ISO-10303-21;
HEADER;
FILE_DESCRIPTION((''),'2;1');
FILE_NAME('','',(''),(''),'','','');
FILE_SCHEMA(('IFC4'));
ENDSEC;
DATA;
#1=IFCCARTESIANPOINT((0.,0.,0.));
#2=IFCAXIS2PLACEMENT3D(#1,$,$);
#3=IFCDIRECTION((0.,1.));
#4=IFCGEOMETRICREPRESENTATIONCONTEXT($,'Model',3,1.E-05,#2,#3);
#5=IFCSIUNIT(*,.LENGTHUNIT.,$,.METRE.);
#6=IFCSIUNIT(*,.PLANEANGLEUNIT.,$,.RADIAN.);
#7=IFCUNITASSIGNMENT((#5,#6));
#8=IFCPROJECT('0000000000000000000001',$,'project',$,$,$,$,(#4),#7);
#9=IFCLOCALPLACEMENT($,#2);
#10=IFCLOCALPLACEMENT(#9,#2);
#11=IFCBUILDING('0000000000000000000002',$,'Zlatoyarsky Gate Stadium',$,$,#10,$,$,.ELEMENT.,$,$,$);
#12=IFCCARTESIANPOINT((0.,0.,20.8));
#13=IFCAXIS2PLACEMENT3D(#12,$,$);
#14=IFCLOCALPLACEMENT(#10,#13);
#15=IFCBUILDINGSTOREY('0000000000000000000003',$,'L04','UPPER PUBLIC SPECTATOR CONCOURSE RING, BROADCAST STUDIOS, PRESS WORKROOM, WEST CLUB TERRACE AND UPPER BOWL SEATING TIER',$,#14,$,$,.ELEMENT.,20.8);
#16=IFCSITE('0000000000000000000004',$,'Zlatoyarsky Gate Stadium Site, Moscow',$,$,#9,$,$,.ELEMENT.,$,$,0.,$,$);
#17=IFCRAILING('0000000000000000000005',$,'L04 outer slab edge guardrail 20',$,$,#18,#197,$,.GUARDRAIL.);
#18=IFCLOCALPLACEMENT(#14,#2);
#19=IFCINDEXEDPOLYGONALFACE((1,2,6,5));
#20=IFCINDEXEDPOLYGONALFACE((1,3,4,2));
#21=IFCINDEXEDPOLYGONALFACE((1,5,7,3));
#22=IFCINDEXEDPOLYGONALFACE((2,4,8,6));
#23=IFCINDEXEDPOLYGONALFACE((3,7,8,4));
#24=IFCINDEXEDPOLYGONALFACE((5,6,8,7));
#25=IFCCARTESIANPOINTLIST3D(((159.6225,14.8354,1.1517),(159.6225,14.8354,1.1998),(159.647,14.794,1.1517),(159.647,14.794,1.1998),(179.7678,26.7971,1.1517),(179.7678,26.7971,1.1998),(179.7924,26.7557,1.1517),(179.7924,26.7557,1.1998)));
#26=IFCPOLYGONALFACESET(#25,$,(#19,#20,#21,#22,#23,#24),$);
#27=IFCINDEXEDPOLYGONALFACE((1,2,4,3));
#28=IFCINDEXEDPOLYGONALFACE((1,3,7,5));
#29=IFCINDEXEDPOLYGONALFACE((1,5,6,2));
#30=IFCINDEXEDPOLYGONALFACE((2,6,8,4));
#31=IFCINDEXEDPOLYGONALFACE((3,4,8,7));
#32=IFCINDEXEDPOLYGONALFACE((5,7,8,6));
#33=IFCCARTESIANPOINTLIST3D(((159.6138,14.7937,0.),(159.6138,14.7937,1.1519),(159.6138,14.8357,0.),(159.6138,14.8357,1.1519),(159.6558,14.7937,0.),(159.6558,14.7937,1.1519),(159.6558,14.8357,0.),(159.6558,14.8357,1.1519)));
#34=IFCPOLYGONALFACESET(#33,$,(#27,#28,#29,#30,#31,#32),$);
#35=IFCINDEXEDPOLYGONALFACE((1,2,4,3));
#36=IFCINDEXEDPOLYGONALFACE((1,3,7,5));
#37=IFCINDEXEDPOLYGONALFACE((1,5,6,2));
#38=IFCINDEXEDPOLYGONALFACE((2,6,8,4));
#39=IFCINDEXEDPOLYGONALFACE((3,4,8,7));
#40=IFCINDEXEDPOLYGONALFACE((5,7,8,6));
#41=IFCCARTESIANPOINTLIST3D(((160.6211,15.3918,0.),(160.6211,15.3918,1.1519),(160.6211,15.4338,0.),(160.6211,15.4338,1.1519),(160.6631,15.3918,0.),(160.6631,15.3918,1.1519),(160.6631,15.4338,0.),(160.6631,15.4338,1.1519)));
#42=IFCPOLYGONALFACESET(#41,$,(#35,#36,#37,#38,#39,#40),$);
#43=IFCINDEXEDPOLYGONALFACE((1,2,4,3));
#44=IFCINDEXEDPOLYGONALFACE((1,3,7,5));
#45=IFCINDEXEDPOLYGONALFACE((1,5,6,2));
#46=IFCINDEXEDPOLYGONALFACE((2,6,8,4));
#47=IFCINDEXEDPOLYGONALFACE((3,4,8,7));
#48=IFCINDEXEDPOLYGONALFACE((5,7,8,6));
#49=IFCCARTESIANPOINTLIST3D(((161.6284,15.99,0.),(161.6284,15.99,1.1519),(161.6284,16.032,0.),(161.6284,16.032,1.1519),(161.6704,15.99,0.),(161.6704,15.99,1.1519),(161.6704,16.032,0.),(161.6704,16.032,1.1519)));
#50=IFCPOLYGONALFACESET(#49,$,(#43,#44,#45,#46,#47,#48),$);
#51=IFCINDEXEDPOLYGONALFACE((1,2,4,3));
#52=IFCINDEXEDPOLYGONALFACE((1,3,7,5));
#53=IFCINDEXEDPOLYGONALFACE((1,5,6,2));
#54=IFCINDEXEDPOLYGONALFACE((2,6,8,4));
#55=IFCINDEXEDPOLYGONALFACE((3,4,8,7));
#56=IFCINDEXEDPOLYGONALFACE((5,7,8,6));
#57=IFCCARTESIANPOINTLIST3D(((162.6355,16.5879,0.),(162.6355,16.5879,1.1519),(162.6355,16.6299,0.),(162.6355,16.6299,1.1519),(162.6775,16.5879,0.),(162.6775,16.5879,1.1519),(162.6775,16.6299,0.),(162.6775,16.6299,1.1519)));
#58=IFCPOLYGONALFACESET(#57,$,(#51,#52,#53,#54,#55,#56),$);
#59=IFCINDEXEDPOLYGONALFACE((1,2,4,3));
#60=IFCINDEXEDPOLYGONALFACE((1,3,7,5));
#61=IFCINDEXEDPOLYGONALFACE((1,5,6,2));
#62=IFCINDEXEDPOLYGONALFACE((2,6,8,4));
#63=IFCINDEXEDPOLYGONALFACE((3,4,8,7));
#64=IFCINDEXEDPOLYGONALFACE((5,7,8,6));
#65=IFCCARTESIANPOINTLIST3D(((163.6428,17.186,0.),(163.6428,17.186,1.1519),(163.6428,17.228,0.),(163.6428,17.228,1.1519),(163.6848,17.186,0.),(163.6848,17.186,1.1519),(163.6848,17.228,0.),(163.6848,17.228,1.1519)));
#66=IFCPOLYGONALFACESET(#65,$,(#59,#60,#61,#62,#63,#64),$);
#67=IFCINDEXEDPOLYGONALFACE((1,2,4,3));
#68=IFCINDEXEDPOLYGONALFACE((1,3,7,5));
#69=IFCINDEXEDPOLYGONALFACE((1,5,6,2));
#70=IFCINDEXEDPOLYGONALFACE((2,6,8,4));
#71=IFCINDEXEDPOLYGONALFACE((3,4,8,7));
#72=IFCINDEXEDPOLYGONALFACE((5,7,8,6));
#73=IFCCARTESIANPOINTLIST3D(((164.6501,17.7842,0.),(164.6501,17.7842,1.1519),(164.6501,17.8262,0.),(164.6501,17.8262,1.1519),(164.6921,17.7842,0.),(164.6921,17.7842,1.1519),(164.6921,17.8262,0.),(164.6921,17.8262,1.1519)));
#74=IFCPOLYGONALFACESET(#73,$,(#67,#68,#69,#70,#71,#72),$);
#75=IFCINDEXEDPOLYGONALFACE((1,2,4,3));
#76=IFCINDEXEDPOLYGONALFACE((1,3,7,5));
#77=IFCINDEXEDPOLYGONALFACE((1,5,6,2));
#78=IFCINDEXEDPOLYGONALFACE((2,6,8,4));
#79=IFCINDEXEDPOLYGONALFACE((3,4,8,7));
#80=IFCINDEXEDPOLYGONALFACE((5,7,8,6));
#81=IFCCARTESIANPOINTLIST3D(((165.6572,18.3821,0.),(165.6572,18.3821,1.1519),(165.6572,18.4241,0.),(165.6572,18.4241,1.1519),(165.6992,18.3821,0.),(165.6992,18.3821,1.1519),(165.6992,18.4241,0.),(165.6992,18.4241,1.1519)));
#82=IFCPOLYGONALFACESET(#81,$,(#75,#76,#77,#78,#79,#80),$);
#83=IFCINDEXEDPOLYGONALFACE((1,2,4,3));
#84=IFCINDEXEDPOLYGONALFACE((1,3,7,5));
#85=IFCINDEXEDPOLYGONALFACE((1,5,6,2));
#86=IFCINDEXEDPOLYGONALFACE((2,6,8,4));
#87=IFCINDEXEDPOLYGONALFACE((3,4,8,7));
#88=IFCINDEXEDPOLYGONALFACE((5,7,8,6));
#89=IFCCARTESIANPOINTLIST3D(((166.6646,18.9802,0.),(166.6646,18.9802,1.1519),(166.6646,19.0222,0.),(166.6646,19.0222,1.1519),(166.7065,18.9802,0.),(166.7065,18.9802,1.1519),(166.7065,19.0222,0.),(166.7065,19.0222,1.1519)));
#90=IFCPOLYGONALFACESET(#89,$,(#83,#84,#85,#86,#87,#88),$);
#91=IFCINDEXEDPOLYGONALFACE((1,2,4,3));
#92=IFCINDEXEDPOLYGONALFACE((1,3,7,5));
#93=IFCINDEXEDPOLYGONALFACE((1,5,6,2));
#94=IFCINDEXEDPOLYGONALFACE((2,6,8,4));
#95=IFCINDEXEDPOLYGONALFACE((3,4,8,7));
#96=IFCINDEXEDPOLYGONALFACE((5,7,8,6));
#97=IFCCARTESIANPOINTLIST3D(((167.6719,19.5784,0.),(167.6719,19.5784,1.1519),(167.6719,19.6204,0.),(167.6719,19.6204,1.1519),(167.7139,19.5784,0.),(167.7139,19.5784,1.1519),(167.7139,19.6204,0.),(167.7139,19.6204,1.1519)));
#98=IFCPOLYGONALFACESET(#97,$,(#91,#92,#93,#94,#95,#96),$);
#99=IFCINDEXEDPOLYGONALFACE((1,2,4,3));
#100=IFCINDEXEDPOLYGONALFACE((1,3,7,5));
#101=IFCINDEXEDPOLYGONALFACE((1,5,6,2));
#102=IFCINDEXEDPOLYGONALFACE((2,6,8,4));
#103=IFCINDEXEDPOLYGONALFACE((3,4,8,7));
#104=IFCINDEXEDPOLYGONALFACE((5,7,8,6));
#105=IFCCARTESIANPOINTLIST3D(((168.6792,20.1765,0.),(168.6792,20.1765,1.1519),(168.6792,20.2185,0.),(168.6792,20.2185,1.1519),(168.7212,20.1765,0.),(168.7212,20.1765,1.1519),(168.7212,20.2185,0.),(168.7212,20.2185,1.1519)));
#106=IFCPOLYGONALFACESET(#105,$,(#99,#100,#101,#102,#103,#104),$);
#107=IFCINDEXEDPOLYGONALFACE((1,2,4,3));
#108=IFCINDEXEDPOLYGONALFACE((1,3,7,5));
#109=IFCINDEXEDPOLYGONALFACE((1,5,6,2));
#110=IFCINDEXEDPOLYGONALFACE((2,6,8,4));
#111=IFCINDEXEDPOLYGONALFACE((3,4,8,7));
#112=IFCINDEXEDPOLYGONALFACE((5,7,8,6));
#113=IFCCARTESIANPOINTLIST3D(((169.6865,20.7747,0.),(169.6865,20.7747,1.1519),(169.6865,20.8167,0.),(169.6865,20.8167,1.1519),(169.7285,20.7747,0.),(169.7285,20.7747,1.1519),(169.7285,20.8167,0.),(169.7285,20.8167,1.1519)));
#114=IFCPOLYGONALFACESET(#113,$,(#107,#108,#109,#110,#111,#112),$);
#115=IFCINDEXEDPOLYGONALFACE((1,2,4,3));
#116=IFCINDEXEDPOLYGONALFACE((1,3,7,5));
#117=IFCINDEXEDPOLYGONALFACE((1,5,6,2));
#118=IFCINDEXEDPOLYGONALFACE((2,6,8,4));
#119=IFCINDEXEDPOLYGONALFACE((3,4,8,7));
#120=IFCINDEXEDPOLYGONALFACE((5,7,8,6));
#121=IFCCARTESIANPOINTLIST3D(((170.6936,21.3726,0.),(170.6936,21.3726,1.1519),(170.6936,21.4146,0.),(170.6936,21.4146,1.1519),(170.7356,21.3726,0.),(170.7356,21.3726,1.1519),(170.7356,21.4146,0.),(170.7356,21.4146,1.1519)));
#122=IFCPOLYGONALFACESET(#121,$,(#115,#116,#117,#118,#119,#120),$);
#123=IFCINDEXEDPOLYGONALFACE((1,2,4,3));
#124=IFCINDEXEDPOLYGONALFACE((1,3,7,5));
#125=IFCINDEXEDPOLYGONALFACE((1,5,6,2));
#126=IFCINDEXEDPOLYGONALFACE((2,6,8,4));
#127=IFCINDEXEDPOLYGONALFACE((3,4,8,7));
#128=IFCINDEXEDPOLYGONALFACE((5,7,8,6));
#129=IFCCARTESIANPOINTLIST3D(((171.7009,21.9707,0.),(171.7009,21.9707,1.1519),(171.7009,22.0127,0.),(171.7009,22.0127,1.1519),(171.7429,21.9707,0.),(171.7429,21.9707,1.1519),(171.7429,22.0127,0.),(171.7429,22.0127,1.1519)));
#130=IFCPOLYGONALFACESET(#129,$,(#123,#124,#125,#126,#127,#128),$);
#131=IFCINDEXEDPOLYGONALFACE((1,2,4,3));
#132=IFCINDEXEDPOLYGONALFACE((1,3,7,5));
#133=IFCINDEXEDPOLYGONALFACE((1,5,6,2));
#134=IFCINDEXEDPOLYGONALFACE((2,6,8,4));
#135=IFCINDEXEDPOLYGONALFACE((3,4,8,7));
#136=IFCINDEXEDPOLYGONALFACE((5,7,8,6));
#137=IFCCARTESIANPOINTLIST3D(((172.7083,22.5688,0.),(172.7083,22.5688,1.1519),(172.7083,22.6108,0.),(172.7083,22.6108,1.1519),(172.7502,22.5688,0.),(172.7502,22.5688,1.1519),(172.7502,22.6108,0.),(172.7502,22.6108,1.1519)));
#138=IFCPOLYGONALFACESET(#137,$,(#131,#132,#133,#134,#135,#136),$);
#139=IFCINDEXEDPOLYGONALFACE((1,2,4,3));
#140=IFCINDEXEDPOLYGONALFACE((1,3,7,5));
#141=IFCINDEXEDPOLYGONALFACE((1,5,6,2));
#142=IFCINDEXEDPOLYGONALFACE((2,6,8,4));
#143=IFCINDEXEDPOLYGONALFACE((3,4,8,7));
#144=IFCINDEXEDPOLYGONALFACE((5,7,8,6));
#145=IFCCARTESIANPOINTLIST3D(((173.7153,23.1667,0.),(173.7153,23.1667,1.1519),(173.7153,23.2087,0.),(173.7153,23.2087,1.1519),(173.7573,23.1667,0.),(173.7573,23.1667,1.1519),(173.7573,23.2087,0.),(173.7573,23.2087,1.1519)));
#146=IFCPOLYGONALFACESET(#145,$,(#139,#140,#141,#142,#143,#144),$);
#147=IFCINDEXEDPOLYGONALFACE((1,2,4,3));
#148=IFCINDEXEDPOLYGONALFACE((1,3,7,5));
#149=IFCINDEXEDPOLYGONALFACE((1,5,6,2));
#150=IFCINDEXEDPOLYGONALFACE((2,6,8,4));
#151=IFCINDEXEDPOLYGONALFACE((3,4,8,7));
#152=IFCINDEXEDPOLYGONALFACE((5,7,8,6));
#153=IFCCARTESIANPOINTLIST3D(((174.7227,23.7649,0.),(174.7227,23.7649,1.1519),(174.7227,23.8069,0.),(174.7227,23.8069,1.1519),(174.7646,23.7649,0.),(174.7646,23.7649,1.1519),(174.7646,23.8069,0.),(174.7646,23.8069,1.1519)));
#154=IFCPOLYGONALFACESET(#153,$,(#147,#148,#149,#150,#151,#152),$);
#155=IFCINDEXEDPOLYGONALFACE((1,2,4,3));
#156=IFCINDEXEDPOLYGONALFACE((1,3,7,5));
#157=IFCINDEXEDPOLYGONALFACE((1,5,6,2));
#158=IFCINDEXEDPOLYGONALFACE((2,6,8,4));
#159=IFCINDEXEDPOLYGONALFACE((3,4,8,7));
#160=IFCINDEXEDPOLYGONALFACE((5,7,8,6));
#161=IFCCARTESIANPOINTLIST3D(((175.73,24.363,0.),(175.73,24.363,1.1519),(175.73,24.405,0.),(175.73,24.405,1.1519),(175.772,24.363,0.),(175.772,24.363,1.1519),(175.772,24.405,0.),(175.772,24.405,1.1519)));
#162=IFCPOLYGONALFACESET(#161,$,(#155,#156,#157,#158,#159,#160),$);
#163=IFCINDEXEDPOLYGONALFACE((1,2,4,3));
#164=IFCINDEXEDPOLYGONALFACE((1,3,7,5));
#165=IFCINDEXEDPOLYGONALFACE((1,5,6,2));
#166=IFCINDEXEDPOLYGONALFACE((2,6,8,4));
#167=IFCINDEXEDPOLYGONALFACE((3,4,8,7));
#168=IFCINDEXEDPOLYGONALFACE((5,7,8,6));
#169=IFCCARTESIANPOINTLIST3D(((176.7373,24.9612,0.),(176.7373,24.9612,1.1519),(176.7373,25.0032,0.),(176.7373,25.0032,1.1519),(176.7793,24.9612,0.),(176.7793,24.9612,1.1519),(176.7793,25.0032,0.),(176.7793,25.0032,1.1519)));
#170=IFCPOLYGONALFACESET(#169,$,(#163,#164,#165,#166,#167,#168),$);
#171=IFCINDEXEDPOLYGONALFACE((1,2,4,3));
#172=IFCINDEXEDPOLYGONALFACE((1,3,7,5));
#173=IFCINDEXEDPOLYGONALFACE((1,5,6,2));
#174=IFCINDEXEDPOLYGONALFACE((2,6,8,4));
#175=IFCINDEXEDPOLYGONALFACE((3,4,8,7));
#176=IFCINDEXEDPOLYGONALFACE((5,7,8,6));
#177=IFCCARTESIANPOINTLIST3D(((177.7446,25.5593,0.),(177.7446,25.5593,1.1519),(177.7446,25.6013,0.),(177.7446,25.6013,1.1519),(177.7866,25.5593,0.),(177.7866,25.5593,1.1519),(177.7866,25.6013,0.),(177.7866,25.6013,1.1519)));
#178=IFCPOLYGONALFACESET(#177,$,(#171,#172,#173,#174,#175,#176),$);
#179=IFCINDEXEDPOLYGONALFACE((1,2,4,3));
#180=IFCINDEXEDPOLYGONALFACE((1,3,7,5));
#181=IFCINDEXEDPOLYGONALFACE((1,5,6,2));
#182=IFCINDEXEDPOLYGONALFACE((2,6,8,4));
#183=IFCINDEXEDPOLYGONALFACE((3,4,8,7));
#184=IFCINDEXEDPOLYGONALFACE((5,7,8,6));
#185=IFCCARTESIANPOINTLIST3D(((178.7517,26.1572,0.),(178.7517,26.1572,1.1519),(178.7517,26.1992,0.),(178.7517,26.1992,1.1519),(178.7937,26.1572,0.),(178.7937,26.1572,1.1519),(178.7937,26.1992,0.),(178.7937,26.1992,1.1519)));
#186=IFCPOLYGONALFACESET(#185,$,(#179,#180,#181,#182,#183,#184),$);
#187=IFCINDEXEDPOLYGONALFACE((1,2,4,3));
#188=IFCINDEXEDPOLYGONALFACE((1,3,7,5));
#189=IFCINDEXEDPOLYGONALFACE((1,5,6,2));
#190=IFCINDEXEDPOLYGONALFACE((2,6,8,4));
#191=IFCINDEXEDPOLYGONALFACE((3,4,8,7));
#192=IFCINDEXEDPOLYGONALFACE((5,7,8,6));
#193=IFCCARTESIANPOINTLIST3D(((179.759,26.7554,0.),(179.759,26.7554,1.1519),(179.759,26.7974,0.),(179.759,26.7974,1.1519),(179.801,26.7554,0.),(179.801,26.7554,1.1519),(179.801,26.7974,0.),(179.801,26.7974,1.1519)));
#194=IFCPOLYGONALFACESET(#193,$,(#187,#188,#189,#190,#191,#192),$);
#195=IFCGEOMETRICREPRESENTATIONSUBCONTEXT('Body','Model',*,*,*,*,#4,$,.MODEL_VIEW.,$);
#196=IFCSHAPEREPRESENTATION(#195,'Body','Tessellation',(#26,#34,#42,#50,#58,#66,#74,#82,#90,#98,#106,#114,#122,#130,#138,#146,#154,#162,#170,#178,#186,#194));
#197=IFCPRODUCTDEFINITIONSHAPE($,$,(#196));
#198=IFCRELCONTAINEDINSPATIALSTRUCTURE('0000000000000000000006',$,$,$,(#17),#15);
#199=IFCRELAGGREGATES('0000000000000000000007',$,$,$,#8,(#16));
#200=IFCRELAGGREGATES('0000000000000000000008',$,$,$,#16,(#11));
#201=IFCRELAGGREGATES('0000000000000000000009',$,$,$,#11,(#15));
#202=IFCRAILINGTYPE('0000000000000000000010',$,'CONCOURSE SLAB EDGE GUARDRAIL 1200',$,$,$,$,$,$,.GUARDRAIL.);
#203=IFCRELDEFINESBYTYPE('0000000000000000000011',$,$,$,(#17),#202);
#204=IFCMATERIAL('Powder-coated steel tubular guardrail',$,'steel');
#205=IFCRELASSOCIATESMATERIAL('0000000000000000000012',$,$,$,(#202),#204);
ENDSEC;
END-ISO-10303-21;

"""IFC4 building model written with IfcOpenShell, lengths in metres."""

from ifc_helpers import new_model, si_unit, direction, frame, origin, origin_2d, place, context, subcontext, project, spatial, rectangle, extrude, material, type_object, element, save


model = new_model("IFC4")

# Units and contexts
model_context = context("Model", 3, precision=1e-05, world=origin(), true_north=direction((0.0, 1.0)))
body_context = subcontext(model_context, "Body", "Model", "MODEL_VIEW")
ifc_project = project(units=[si_unit("LENGTHUNIT", "METRE"), si_unit("PLANEANGLEUNIT", "RADIAN")], contexts=[model_context])

# Site, building, storey
site_placement = place(None, origin())
site = spatial("IfcSite", under=ifc_project, at=site_placement, Name="Zlatoyarsky Gate Stadium Site, Moscow", CompositionType="ELEMENT", RefElevation=0.0)
building_placement = place(site_placement, origin())
building = spatial("IfcBuilding", under=site, at=building_placement, Name="Zlatoyarsky Gate Stadium", CompositionType="ELEMENT")
storey_placement = place(building_placement, frame((0.0, 0.0, 20.8)))
storey = spatial("IfcBuildingStorey", under=building, at=storey_placement, Name="L04", Description="UPPER PUBLIC SPECTATOR CONCOURSE RING, BROADCAST STUDIOS, PRESS WORKROOM, WEST CLUB TERRACE AND UPPER BOWL SEATING TIER", CompositionType="ELEMENT", Elevation=20.8)

# Railing
ifc_material_1 = material(Name="Powder-coated steel tubular guardrail", Category="steel")
railing_type = type_object("IfcRailingType", Name="CONCOURSE SLAB EDGE GUARDRAIL 1200", PredefinedType="GUARDRAIL", material=ifc_material_1)
railing_placement = place(storey_placement, frame((159.6348, 14.8147, 0.0)))
element("IfcRailing", 1, at=railing_placement, inside=storey, type_object=railing_type, Name="L04 outer slab edge guardrail 20", PredefinedType="GUARDRAIL", context=body_context, shape_type="SweptSolid", body=[
    extrude(rectangle(XDim=0.0481, YDim=0.0481, at=origin_2d()), frame((0.0, 0.0, 1.1758), z_axis=(0.859847, 0.510552, 0.0), x_axis=(-0.510552, 0.859847, 0.0)), (0.0, 0.0, 1.0), 23.429),
    extrude(rectangle(XDim=0.042, YDim=0.042, at=origin_2d()), origin(), (0.0, 0.0, 1.0), 1.1519),
    extrude(rectangle(XDim=0.042, YDim=0.042, at=origin_2d()), frame((1.0073, 0.5981, 0.0)), (0.0, 0.0, 1.0), 1.1519),
    extrude(rectangle(XDim=0.042, YDim=0.042, at=origin_2d()), frame((2.0146, 1.1963, 0.0)), (0.0, 0.0, 1.0), 1.1519),
    extrude(rectangle(XDim=0.042, YDim=0.042, at=origin_2d()), frame((3.0217, 1.7942, 0.0)), (0.0, 0.0, 1.0), 1.1519),
    extrude(rectangle(XDim=0.042, YDim=0.042, at=origin_2d()), frame((4.0291, 2.3923, 0.0)), (0.0, 0.0, 1.0), 1.1519),
    extrude(rectangle(XDim=0.042, YDim=0.042, at=origin_2d()), frame((5.0364, 2.9905, 0.0)), (0.0, 0.0, 1.0), 1.1519),
    extrude(rectangle(XDim=0.042, YDim=0.042, at=origin_2d()), frame((6.0435, 3.5884, 0.0)), (0.0, 0.0, 1.0), 1.1519),
    extrude(rectangle(XDim=0.042, YDim=0.042, at=origin_2d()), frame((7.0508, 4.1865, 0.0)), (0.0, 0.0, 1.0), 1.1519),
    extrude(rectangle(XDim=0.042, YDim=0.042, at=origin_2d()), frame((8.0581, 4.7847, 0.0)), (0.0, 0.0, 1.0), 1.1519),
    extrude(rectangle(XDim=0.042, YDim=0.042, at=origin_2d()), frame((9.0654, 5.3828, 0.0)), (0.0, 0.0, 1.0), 1.1519),
    extrude(rectangle(XDim=0.042, YDim=0.042, at=origin_2d()), frame((10.0728, 5.981, 0.0)), (0.0, 0.0, 1.0), 1.1519),
    extrude(rectangle(XDim=0.042, YDim=0.042, at=origin_2d()), frame((11.0798, 6.5789, 0.0)), (0.0, 0.0, 1.0), 1.1519),
    extrude(rectangle(XDim=0.042, YDim=0.042, at=origin_2d()), frame((12.0872, 7.177, 0.0)), (0.0, 0.0, 1.0), 1.1519),
    extrude(rectangle(XDim=0.042, YDim=0.042, at=origin_2d()), frame((13.0945, 7.7751, 0.0)), (0.0, 0.0, 1.0), 1.1519),
    extrude(rectangle(XDim=0.042, YDim=0.042, at=origin_2d()), frame((14.1016, 8.373, 0.0)), (0.0, 0.0, 1.0), 1.1519),
    extrude(rectangle(XDim=0.042, YDim=0.042, at=origin_2d()), frame((15.1089, 8.9712, 0.0)), (0.0, 0.0, 1.0), 1.1519),
    extrude(rectangle(XDim=0.042, YDim=0.042, at=origin_2d()), frame((16.1162, 9.5693, 0.0)), (0.0, 0.0, 1.0), 1.1519),
    extrude(rectangle(XDim=0.042, YDim=0.042, at=origin_2d()), frame((17.1235, 10.1675, 0.0)), (0.0, 0.0, 1.0), 1.1519),
    extrude(rectangle(XDim=0.042, YDim=0.042, at=origin_2d()), frame((18.1309, 10.7656, 0.0)), (0.0, 0.0, 1.0), 1.1519),
    extrude(rectangle(XDim=0.042, YDim=0.042, at=origin_2d()), frame((19.1379, 11.3635, 0.0)), (0.0, 0.0, 1.0), 1.1519),
    extrude(rectangle(XDim=0.042, YDim=0.042, at=origin_2d()), frame((20.1453, 11.9617, 0.0)), (0.0, 0.0, 1.0), 1.1519),
])

save(model, "model.ifc")
